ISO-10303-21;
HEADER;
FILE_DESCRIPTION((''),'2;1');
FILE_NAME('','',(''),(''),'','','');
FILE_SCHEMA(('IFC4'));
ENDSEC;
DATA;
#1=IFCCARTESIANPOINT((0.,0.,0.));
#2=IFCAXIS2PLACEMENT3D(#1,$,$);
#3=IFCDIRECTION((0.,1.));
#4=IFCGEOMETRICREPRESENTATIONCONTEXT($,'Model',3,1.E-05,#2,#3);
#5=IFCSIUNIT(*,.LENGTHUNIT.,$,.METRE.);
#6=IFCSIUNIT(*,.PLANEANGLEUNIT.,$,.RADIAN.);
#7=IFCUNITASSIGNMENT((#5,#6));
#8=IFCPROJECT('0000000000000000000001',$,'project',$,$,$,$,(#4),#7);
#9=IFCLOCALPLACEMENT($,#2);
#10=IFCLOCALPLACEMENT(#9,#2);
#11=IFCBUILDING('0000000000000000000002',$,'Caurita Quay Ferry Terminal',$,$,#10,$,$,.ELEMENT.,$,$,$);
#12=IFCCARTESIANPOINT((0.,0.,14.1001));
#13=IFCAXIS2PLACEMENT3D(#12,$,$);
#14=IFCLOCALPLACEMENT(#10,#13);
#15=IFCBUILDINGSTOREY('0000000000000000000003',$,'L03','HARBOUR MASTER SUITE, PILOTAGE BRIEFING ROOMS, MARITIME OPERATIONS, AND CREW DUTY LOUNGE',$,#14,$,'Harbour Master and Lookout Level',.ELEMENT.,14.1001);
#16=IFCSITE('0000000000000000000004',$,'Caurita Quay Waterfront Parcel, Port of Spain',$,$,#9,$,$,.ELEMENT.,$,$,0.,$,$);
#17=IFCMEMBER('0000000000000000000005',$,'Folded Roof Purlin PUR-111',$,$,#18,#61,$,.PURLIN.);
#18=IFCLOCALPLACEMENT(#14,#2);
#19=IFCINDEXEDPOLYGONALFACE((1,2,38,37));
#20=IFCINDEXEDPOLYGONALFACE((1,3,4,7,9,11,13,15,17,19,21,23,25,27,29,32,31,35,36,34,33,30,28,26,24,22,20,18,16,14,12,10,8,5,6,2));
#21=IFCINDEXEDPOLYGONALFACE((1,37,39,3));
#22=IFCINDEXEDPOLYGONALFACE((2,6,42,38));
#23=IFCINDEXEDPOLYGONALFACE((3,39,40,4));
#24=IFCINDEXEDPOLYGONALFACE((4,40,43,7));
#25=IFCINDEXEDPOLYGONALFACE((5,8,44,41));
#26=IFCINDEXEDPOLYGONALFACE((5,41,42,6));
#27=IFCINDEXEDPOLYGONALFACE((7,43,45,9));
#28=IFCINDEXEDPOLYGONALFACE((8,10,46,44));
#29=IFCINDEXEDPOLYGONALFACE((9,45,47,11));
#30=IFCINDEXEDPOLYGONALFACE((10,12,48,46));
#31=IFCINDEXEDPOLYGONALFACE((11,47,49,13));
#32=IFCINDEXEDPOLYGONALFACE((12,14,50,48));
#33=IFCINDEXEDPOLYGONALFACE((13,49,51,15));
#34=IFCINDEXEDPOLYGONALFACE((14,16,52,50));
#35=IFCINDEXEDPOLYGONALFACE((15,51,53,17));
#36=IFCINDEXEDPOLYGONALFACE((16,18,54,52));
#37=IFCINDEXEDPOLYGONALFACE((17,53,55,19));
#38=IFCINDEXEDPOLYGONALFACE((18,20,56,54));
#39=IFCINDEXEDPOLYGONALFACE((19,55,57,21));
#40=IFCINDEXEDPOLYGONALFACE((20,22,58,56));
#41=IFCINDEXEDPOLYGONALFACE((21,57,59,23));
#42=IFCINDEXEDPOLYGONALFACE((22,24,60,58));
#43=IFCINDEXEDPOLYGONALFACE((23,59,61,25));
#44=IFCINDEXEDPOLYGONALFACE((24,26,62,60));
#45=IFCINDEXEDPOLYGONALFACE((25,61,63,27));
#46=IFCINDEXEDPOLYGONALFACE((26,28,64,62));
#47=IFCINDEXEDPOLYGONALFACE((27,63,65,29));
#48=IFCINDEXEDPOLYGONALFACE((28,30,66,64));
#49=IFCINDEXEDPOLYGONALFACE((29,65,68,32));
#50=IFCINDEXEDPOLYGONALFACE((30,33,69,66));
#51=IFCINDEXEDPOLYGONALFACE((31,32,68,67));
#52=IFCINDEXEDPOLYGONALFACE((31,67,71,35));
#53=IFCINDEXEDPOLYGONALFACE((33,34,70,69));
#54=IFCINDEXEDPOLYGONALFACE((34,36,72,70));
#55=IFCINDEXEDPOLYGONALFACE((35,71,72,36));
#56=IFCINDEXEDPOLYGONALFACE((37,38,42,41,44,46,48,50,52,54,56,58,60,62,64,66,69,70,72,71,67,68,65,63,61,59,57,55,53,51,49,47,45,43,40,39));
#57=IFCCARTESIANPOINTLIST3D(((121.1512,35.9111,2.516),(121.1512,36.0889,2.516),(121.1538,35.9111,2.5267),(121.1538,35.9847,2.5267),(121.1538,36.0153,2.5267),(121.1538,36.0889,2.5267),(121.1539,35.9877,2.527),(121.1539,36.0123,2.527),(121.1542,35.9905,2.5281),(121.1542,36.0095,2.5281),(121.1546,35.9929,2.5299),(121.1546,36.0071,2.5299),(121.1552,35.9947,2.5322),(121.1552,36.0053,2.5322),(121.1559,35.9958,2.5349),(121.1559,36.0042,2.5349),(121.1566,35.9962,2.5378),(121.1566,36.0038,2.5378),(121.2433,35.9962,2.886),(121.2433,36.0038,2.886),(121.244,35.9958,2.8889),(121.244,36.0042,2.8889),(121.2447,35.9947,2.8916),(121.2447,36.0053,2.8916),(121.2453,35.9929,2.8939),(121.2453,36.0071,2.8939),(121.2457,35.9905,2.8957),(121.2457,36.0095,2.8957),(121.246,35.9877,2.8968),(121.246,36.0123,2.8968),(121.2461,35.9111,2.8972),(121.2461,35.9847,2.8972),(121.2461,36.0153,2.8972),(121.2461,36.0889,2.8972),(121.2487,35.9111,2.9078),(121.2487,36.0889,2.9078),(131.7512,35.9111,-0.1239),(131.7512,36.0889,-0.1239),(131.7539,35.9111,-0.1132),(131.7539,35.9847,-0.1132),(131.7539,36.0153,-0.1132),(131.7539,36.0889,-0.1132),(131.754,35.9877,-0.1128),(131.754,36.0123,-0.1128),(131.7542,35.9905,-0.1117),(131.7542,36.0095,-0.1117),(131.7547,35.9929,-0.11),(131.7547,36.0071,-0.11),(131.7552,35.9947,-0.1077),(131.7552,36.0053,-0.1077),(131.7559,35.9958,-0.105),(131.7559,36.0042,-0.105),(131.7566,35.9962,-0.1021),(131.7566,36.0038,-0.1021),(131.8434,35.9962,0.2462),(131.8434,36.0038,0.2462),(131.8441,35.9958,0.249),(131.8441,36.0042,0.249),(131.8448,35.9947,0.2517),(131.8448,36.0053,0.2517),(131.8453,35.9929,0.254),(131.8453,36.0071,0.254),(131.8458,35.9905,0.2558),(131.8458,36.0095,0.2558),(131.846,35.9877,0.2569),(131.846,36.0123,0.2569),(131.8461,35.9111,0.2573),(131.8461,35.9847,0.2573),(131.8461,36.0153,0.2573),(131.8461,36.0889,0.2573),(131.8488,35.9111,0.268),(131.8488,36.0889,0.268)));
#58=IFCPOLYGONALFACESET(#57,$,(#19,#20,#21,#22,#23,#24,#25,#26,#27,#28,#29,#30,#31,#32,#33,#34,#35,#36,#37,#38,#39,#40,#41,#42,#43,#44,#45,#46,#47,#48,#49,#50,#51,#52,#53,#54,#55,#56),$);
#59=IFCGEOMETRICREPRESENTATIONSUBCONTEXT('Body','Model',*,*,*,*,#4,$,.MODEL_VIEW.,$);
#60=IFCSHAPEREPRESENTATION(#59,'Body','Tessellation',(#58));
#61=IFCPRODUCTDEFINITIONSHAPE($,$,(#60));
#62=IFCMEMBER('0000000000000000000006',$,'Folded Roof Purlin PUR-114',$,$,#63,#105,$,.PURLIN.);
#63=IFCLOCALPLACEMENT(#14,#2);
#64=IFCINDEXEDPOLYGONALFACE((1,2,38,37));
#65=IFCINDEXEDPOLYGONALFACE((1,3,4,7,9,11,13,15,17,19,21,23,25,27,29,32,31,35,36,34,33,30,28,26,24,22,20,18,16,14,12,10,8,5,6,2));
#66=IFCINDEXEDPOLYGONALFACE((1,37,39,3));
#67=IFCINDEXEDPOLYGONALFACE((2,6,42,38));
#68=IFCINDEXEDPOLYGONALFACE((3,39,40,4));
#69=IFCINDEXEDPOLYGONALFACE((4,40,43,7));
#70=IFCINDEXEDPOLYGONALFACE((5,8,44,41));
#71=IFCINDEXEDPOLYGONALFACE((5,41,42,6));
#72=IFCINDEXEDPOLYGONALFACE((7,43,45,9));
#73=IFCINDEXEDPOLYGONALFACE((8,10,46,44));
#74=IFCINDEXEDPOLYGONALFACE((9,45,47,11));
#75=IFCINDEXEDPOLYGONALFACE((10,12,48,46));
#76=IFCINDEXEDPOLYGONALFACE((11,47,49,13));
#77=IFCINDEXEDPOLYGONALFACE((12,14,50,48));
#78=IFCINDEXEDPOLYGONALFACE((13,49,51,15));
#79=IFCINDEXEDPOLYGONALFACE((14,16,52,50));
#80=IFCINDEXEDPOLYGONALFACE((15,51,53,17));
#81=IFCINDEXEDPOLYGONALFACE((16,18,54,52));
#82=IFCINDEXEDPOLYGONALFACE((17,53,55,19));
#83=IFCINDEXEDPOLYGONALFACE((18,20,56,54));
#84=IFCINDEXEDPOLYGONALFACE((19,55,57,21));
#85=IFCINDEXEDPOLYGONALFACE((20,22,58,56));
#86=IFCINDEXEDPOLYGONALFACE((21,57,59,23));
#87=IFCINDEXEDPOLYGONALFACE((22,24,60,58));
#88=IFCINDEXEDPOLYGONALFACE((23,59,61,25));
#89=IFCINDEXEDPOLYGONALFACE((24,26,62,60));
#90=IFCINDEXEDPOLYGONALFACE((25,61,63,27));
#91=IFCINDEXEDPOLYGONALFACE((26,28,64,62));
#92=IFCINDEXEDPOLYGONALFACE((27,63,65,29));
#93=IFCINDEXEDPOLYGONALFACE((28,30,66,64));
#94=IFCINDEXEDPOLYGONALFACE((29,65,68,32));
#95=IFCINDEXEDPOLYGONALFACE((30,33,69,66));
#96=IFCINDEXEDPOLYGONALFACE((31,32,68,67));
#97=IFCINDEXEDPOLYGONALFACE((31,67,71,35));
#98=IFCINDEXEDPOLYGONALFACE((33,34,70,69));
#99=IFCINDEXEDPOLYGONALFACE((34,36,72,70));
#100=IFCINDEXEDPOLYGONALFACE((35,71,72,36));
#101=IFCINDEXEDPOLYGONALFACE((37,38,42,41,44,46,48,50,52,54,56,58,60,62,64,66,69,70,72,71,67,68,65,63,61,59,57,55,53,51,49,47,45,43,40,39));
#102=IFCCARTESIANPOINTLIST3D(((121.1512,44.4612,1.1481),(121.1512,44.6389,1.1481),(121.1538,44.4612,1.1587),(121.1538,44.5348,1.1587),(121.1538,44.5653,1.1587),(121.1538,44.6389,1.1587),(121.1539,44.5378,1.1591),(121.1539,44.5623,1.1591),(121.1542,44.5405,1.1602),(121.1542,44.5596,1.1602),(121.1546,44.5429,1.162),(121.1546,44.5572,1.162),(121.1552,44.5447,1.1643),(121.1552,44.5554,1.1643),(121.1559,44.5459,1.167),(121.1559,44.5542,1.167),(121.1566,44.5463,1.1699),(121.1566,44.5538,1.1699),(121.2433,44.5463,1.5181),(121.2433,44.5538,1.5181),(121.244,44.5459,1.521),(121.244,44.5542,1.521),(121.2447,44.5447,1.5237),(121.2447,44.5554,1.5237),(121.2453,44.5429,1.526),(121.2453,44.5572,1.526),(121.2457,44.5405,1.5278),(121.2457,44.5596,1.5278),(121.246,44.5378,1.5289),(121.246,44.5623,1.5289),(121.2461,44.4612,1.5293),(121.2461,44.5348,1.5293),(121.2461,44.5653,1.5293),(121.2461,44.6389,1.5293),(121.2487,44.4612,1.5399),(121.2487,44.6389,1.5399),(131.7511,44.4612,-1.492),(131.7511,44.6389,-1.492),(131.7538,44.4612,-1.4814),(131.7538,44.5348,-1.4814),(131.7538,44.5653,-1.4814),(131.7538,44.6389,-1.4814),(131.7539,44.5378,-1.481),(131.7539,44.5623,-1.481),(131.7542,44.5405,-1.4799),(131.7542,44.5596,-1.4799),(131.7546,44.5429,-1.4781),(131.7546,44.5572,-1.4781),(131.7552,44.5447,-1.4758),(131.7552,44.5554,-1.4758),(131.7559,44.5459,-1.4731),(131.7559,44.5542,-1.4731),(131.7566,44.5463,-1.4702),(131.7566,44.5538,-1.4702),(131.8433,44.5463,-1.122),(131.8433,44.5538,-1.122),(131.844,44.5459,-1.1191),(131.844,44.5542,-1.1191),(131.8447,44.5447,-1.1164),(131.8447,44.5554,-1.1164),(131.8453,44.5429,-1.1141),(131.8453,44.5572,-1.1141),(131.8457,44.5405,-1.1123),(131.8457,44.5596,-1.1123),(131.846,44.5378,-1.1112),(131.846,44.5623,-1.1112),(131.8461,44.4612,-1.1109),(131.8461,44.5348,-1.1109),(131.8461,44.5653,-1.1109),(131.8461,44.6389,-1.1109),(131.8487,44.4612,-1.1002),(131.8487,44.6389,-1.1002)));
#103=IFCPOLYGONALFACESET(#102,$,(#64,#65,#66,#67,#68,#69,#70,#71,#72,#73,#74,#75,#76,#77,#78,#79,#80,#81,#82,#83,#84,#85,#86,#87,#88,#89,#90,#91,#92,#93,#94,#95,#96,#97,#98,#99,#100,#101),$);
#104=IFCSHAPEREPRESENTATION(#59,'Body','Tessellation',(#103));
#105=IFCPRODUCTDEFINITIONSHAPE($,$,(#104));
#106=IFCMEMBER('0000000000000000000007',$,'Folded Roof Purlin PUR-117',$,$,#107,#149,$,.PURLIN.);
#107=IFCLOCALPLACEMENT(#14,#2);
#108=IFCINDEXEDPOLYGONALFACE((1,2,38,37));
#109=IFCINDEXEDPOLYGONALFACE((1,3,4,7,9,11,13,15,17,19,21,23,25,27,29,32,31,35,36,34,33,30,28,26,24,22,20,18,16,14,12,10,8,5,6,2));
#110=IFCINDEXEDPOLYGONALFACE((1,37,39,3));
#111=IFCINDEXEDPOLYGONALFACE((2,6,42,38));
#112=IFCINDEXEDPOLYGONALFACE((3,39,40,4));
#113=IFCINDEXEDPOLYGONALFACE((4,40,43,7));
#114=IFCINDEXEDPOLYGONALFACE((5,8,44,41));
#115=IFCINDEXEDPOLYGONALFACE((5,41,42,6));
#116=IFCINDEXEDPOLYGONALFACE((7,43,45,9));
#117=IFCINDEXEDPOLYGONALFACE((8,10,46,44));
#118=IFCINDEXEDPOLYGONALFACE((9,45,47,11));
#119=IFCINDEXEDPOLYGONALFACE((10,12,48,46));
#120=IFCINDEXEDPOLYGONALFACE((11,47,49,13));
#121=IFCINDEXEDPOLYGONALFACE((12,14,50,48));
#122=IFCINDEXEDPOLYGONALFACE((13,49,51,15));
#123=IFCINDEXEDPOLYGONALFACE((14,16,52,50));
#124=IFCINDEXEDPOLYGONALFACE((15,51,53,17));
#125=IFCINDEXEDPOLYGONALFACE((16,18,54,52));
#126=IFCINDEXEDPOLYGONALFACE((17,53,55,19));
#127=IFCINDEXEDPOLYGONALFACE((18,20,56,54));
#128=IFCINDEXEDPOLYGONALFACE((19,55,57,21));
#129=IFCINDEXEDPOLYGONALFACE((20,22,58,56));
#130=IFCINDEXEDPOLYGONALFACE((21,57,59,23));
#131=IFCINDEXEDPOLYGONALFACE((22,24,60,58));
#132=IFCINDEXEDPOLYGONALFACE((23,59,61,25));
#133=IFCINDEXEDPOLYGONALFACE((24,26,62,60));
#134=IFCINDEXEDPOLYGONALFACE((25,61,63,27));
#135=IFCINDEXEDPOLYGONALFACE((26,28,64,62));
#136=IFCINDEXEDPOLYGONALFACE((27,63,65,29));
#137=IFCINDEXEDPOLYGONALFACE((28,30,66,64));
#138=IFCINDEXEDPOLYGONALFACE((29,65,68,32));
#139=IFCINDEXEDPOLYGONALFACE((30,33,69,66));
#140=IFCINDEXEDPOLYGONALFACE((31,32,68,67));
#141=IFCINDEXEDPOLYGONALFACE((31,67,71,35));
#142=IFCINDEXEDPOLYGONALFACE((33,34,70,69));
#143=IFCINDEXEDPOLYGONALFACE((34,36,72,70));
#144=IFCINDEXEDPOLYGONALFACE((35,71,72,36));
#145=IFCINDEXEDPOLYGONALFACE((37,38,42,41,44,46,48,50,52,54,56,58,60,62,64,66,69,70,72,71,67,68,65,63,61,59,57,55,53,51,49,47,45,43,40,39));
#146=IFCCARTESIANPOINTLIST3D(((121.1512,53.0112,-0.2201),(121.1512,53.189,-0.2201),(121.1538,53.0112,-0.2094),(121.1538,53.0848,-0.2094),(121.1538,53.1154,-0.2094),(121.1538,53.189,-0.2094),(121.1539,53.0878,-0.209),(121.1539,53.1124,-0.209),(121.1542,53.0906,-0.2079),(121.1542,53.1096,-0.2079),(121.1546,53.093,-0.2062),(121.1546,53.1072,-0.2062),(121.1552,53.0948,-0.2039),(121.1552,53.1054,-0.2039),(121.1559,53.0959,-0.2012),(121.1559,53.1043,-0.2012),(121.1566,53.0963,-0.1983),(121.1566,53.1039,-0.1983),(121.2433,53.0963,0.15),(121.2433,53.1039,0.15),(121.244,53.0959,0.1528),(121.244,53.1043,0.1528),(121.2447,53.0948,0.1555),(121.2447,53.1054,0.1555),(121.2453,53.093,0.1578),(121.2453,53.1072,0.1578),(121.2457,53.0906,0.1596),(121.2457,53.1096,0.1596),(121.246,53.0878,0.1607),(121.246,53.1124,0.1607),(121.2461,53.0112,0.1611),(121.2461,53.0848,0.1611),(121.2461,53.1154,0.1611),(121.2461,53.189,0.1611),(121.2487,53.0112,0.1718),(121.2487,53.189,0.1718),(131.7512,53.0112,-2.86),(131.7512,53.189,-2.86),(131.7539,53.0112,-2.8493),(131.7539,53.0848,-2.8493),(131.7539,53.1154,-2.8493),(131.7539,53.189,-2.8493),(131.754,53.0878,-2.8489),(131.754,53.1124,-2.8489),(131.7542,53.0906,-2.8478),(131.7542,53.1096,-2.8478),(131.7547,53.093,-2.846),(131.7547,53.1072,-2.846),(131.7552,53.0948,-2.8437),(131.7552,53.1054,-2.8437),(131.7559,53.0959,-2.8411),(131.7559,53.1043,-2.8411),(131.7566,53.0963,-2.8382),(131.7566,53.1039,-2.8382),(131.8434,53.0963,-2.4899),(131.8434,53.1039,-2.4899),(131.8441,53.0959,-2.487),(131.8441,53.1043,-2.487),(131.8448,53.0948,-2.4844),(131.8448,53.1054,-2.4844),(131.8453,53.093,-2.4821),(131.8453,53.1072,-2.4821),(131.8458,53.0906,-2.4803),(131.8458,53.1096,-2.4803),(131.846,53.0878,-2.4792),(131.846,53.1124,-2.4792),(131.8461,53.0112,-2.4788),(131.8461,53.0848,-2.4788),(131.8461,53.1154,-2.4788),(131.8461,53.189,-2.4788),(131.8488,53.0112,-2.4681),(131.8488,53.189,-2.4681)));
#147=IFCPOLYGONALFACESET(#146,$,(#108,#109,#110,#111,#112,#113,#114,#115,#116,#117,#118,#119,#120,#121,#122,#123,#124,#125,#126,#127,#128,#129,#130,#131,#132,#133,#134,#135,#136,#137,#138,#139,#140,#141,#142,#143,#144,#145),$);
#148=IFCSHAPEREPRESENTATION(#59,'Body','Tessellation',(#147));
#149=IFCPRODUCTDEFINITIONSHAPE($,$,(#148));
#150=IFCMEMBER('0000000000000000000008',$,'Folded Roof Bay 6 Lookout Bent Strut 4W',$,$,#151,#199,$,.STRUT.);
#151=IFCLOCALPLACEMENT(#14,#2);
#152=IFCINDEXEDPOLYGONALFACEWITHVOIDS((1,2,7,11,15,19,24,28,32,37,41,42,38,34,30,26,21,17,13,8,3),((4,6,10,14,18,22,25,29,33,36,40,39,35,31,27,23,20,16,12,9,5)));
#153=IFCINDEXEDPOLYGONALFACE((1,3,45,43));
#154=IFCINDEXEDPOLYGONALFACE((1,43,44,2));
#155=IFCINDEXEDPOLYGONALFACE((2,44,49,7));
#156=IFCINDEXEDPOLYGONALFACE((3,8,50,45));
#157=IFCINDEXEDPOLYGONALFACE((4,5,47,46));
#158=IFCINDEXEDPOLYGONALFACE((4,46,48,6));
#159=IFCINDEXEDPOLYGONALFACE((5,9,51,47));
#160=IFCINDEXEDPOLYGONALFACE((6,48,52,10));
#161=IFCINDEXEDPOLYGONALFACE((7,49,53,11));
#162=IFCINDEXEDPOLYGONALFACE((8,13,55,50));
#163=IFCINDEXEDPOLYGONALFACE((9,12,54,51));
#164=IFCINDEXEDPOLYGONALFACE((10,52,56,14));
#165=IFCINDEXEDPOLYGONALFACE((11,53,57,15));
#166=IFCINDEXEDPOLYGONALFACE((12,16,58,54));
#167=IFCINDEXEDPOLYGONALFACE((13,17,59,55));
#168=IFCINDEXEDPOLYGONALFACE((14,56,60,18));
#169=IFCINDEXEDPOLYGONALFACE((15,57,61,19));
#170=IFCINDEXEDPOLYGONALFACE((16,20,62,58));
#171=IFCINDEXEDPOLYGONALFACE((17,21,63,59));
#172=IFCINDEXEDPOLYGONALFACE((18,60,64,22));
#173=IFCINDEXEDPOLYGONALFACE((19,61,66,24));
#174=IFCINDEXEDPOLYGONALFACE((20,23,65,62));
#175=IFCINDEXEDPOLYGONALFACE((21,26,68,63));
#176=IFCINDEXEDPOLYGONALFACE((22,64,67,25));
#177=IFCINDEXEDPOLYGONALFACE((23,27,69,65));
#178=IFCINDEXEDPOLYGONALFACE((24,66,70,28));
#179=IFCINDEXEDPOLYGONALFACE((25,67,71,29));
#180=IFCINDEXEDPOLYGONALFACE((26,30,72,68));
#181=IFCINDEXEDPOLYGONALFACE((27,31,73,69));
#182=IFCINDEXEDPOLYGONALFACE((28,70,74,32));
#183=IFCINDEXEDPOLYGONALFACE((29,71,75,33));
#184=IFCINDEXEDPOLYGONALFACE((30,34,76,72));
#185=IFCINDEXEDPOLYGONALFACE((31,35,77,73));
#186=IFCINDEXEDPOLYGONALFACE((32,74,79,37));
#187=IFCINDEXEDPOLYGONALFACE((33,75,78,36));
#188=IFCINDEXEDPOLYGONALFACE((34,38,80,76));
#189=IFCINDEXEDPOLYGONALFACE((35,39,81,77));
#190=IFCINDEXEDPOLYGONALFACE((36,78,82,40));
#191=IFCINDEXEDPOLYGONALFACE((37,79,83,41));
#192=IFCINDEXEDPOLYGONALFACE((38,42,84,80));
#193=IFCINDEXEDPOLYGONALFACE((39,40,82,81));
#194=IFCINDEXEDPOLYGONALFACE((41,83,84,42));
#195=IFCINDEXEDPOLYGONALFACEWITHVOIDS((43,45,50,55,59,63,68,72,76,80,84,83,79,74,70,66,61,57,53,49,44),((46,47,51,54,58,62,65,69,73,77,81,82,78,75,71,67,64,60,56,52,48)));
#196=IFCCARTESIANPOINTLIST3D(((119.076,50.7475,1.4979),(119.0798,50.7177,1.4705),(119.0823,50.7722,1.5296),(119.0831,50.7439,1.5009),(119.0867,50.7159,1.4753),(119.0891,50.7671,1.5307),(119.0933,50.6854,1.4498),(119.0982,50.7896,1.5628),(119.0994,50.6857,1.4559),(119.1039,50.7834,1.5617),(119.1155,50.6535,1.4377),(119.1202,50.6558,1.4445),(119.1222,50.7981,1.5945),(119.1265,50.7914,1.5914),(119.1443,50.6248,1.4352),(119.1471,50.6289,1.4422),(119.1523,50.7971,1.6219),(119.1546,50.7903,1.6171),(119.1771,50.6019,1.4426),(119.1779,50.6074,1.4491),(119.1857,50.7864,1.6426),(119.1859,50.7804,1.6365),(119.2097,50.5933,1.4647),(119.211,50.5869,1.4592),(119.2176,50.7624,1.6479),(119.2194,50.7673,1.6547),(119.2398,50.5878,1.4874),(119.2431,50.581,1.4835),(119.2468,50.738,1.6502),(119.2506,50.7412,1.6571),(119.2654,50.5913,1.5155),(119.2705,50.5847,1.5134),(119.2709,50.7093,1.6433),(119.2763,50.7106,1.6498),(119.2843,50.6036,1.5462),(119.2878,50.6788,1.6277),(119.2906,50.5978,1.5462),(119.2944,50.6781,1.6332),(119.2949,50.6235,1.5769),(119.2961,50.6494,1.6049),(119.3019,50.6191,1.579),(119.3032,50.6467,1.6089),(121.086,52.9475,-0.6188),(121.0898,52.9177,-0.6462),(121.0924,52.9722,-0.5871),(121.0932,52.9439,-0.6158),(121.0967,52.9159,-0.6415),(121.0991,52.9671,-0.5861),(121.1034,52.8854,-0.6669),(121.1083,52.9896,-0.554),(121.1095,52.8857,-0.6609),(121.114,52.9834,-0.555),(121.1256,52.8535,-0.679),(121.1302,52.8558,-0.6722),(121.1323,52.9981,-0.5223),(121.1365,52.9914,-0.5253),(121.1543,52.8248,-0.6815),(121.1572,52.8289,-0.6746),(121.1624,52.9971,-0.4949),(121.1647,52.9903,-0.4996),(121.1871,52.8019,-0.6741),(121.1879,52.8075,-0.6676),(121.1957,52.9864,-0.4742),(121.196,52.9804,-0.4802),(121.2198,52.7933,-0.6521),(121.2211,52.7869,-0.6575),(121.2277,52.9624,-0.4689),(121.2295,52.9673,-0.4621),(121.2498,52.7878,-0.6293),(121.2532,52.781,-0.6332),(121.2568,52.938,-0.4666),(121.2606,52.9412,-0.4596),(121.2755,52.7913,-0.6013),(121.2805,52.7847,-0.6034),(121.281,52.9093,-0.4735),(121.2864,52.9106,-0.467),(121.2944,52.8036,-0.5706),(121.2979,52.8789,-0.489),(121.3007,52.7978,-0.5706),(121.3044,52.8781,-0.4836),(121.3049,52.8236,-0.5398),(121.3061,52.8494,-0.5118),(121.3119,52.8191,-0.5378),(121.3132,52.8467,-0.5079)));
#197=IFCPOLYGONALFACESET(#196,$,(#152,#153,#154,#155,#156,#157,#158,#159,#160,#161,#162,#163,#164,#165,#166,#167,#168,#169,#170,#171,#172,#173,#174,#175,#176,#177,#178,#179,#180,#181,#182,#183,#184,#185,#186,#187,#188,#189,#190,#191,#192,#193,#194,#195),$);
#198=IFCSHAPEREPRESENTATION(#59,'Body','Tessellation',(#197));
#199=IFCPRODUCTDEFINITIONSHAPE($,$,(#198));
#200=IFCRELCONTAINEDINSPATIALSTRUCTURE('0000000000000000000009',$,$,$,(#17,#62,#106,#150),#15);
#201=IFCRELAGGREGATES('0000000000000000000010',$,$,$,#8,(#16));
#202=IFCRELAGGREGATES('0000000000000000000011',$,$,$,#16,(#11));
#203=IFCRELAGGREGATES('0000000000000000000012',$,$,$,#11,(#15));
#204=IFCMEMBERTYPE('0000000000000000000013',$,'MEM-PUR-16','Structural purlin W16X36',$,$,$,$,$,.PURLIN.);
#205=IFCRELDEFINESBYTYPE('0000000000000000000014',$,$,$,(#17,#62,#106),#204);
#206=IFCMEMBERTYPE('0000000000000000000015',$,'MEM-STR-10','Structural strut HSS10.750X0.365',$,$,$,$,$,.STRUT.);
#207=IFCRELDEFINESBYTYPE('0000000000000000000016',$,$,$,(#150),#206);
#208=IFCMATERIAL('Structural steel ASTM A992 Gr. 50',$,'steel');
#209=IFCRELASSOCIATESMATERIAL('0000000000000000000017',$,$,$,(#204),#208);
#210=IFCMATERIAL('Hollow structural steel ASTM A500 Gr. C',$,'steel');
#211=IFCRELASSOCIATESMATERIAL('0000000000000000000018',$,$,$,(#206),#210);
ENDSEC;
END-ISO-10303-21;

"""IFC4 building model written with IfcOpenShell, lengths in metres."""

from ifc_helpers import new_model, si_unit, direction, frame, origin, origin_2d, place, context, subcontext, project, spatial, hollow_circle, i_section, extrude, material, material_profile, profile_set, type_object, element, save


model = new_model("IFC4")

# Units and contexts
model_context = context("Model", 3, precision=1e-05, world=origin(), true_north=direction((0.0, 1.0)))
body_context = subcontext(model_context, "Body", "Model", "MODEL_VIEW")
ifc_project = project(units=[si_unit("LENGTHUNIT", "METRE"), si_unit("PLANEANGLEUNIT", "RADIAN")], contexts=[model_context])

# Site, building, storey
site_placement = place(None, origin())
site = spatial("IfcSite", under=ifc_project, at=site_placement, Name="Caurita Quay Waterfront Parcel, Port of Spain", CompositionType="ELEMENT", RefElevation=0.0)
building_placement = place(site_placement, origin())
building = spatial("IfcBuilding", under=site, at=building_placement, Name="Caurita Quay Ferry Terminal", CompositionType="ELEMENT")
storey_placement = place(building_placement, frame((0.0, 0.0, 14.1001)))
storey = spatial("IfcBuildingStorey", under=building, at=storey_placement, Name="L03", Description="HARBOUR MASTER SUITE, PILOTAGE BRIEFING ROOMS, MARITIME OPERATIONS, AND CREW DUTY LOUNGE", LongName="Harbour Master and Lookout Level", CompositionType="ELEMENT", Elevation=14.1001)

# Shared definitions
ifc_material_1 = material(Name="Hollow structural steel ASTM A500 Gr. C", Category="steel")

# Shared definitions
ifc_material_2 = material(Name="Structural steel ASTM A992 Gr. 50", Category="steel")

# Members
ifc_material_profile_1 = material_profile(ifc_material_2, i_section(OverallWidth=0.1777, OverallDepth=0.4038, WebThickness=0.0076, FlangeThickness=0.011, FilletRadius=0.0115, at=origin_2d()), Name="W16X36")
ifc_profile_set_1 = profile_set([ifc_material_profile_1], Name="Structural steel ASTM A992 Gr. 50")
member_type_1 = type_object("IfcMemberType", Name="MEM-PUR-16", Description="Structural purlin W16X36", PredefinedType="PURLIN", material=ifc_profile_set_1)
for number, where, z_axis, x_axis, name in (
    (1, (121.2, 36.0, 2.7119), (0.97036, 0.0, -0.241663), (0.0, 1.0, 0.0), "Folded Roof Purlin PUR-111"),
    (2, (121.2, 44.55, 1.344), (0.970355, 0.0, -0.241684), (0.0, 1.0, 0.0), "Folded Roof Purlin PUR-114"),
    (3, (121.2, 53.1001, -0.0242), (0.97036, 0.0, -0.241663), (0.0, 1.0, 0.0), "Folded Roof Purlin PUR-117"),
):
    element("IfcMember", number, at=place(storey_placement, frame(where, z_axis=z_axis, x_axis=x_axis)), inside=storey, type_object=member_type_1, Name=name, PredefinedType="PURLIN", context=body_context, shape_type="SweptSolid", body=[
        extrude(i_section(OverallWidth=0.1777, OverallDepth=0.4038, WebThickness=0.0076, FlangeThickness=0.011, FilletRadius=0.0115, at=origin_2d()), origin(), (0.0, 0.0, 1.0), 10.9238),
    ])
ifc_material_profile_2 = material_profile(ifc_material_1, hollow_circle(Radius=0.1365, WallThickness=0.0085, at=origin_2d()), Name="HSS10.750X0.365")
ifc_profile_set_2 = profile_set([ifc_material_profile_2], Name="Hollow structural steel ASTM A500 Gr. C")
member_type_2 = type_object("IfcMemberType", Name="MEM-STR-10", Description="Structural strut HSS10.750X0.365", PredefinedType="STRUT", material=ifc_profile_set_2)
for number, where, z_axis, x_axis, name in (
    (4, (121.2, 52.8899, -0.5706), (-0.549907, -0.601872, 0.579096), (0.738258, -0.674518, 0.0), "Folded Roof Bay 6 Lookout Bent Strut 4W"),
):
    element("IfcMember", number, at=place(storey_placement, frame(where, z_axis=z_axis, x_axis=x_axis)), inside=storey, type_object=member_type_2, Name=name, PredefinedType="STRUT", context=body_context, shape_type="SweptSolid", body=[
        extrude(hollow_circle(Radius=0.1365, WallThickness=0.0085, at=origin_2d()), origin(), (0.0, 0.0, 1.0), 3.6553),
    ])

save(model, "model.ifc")
